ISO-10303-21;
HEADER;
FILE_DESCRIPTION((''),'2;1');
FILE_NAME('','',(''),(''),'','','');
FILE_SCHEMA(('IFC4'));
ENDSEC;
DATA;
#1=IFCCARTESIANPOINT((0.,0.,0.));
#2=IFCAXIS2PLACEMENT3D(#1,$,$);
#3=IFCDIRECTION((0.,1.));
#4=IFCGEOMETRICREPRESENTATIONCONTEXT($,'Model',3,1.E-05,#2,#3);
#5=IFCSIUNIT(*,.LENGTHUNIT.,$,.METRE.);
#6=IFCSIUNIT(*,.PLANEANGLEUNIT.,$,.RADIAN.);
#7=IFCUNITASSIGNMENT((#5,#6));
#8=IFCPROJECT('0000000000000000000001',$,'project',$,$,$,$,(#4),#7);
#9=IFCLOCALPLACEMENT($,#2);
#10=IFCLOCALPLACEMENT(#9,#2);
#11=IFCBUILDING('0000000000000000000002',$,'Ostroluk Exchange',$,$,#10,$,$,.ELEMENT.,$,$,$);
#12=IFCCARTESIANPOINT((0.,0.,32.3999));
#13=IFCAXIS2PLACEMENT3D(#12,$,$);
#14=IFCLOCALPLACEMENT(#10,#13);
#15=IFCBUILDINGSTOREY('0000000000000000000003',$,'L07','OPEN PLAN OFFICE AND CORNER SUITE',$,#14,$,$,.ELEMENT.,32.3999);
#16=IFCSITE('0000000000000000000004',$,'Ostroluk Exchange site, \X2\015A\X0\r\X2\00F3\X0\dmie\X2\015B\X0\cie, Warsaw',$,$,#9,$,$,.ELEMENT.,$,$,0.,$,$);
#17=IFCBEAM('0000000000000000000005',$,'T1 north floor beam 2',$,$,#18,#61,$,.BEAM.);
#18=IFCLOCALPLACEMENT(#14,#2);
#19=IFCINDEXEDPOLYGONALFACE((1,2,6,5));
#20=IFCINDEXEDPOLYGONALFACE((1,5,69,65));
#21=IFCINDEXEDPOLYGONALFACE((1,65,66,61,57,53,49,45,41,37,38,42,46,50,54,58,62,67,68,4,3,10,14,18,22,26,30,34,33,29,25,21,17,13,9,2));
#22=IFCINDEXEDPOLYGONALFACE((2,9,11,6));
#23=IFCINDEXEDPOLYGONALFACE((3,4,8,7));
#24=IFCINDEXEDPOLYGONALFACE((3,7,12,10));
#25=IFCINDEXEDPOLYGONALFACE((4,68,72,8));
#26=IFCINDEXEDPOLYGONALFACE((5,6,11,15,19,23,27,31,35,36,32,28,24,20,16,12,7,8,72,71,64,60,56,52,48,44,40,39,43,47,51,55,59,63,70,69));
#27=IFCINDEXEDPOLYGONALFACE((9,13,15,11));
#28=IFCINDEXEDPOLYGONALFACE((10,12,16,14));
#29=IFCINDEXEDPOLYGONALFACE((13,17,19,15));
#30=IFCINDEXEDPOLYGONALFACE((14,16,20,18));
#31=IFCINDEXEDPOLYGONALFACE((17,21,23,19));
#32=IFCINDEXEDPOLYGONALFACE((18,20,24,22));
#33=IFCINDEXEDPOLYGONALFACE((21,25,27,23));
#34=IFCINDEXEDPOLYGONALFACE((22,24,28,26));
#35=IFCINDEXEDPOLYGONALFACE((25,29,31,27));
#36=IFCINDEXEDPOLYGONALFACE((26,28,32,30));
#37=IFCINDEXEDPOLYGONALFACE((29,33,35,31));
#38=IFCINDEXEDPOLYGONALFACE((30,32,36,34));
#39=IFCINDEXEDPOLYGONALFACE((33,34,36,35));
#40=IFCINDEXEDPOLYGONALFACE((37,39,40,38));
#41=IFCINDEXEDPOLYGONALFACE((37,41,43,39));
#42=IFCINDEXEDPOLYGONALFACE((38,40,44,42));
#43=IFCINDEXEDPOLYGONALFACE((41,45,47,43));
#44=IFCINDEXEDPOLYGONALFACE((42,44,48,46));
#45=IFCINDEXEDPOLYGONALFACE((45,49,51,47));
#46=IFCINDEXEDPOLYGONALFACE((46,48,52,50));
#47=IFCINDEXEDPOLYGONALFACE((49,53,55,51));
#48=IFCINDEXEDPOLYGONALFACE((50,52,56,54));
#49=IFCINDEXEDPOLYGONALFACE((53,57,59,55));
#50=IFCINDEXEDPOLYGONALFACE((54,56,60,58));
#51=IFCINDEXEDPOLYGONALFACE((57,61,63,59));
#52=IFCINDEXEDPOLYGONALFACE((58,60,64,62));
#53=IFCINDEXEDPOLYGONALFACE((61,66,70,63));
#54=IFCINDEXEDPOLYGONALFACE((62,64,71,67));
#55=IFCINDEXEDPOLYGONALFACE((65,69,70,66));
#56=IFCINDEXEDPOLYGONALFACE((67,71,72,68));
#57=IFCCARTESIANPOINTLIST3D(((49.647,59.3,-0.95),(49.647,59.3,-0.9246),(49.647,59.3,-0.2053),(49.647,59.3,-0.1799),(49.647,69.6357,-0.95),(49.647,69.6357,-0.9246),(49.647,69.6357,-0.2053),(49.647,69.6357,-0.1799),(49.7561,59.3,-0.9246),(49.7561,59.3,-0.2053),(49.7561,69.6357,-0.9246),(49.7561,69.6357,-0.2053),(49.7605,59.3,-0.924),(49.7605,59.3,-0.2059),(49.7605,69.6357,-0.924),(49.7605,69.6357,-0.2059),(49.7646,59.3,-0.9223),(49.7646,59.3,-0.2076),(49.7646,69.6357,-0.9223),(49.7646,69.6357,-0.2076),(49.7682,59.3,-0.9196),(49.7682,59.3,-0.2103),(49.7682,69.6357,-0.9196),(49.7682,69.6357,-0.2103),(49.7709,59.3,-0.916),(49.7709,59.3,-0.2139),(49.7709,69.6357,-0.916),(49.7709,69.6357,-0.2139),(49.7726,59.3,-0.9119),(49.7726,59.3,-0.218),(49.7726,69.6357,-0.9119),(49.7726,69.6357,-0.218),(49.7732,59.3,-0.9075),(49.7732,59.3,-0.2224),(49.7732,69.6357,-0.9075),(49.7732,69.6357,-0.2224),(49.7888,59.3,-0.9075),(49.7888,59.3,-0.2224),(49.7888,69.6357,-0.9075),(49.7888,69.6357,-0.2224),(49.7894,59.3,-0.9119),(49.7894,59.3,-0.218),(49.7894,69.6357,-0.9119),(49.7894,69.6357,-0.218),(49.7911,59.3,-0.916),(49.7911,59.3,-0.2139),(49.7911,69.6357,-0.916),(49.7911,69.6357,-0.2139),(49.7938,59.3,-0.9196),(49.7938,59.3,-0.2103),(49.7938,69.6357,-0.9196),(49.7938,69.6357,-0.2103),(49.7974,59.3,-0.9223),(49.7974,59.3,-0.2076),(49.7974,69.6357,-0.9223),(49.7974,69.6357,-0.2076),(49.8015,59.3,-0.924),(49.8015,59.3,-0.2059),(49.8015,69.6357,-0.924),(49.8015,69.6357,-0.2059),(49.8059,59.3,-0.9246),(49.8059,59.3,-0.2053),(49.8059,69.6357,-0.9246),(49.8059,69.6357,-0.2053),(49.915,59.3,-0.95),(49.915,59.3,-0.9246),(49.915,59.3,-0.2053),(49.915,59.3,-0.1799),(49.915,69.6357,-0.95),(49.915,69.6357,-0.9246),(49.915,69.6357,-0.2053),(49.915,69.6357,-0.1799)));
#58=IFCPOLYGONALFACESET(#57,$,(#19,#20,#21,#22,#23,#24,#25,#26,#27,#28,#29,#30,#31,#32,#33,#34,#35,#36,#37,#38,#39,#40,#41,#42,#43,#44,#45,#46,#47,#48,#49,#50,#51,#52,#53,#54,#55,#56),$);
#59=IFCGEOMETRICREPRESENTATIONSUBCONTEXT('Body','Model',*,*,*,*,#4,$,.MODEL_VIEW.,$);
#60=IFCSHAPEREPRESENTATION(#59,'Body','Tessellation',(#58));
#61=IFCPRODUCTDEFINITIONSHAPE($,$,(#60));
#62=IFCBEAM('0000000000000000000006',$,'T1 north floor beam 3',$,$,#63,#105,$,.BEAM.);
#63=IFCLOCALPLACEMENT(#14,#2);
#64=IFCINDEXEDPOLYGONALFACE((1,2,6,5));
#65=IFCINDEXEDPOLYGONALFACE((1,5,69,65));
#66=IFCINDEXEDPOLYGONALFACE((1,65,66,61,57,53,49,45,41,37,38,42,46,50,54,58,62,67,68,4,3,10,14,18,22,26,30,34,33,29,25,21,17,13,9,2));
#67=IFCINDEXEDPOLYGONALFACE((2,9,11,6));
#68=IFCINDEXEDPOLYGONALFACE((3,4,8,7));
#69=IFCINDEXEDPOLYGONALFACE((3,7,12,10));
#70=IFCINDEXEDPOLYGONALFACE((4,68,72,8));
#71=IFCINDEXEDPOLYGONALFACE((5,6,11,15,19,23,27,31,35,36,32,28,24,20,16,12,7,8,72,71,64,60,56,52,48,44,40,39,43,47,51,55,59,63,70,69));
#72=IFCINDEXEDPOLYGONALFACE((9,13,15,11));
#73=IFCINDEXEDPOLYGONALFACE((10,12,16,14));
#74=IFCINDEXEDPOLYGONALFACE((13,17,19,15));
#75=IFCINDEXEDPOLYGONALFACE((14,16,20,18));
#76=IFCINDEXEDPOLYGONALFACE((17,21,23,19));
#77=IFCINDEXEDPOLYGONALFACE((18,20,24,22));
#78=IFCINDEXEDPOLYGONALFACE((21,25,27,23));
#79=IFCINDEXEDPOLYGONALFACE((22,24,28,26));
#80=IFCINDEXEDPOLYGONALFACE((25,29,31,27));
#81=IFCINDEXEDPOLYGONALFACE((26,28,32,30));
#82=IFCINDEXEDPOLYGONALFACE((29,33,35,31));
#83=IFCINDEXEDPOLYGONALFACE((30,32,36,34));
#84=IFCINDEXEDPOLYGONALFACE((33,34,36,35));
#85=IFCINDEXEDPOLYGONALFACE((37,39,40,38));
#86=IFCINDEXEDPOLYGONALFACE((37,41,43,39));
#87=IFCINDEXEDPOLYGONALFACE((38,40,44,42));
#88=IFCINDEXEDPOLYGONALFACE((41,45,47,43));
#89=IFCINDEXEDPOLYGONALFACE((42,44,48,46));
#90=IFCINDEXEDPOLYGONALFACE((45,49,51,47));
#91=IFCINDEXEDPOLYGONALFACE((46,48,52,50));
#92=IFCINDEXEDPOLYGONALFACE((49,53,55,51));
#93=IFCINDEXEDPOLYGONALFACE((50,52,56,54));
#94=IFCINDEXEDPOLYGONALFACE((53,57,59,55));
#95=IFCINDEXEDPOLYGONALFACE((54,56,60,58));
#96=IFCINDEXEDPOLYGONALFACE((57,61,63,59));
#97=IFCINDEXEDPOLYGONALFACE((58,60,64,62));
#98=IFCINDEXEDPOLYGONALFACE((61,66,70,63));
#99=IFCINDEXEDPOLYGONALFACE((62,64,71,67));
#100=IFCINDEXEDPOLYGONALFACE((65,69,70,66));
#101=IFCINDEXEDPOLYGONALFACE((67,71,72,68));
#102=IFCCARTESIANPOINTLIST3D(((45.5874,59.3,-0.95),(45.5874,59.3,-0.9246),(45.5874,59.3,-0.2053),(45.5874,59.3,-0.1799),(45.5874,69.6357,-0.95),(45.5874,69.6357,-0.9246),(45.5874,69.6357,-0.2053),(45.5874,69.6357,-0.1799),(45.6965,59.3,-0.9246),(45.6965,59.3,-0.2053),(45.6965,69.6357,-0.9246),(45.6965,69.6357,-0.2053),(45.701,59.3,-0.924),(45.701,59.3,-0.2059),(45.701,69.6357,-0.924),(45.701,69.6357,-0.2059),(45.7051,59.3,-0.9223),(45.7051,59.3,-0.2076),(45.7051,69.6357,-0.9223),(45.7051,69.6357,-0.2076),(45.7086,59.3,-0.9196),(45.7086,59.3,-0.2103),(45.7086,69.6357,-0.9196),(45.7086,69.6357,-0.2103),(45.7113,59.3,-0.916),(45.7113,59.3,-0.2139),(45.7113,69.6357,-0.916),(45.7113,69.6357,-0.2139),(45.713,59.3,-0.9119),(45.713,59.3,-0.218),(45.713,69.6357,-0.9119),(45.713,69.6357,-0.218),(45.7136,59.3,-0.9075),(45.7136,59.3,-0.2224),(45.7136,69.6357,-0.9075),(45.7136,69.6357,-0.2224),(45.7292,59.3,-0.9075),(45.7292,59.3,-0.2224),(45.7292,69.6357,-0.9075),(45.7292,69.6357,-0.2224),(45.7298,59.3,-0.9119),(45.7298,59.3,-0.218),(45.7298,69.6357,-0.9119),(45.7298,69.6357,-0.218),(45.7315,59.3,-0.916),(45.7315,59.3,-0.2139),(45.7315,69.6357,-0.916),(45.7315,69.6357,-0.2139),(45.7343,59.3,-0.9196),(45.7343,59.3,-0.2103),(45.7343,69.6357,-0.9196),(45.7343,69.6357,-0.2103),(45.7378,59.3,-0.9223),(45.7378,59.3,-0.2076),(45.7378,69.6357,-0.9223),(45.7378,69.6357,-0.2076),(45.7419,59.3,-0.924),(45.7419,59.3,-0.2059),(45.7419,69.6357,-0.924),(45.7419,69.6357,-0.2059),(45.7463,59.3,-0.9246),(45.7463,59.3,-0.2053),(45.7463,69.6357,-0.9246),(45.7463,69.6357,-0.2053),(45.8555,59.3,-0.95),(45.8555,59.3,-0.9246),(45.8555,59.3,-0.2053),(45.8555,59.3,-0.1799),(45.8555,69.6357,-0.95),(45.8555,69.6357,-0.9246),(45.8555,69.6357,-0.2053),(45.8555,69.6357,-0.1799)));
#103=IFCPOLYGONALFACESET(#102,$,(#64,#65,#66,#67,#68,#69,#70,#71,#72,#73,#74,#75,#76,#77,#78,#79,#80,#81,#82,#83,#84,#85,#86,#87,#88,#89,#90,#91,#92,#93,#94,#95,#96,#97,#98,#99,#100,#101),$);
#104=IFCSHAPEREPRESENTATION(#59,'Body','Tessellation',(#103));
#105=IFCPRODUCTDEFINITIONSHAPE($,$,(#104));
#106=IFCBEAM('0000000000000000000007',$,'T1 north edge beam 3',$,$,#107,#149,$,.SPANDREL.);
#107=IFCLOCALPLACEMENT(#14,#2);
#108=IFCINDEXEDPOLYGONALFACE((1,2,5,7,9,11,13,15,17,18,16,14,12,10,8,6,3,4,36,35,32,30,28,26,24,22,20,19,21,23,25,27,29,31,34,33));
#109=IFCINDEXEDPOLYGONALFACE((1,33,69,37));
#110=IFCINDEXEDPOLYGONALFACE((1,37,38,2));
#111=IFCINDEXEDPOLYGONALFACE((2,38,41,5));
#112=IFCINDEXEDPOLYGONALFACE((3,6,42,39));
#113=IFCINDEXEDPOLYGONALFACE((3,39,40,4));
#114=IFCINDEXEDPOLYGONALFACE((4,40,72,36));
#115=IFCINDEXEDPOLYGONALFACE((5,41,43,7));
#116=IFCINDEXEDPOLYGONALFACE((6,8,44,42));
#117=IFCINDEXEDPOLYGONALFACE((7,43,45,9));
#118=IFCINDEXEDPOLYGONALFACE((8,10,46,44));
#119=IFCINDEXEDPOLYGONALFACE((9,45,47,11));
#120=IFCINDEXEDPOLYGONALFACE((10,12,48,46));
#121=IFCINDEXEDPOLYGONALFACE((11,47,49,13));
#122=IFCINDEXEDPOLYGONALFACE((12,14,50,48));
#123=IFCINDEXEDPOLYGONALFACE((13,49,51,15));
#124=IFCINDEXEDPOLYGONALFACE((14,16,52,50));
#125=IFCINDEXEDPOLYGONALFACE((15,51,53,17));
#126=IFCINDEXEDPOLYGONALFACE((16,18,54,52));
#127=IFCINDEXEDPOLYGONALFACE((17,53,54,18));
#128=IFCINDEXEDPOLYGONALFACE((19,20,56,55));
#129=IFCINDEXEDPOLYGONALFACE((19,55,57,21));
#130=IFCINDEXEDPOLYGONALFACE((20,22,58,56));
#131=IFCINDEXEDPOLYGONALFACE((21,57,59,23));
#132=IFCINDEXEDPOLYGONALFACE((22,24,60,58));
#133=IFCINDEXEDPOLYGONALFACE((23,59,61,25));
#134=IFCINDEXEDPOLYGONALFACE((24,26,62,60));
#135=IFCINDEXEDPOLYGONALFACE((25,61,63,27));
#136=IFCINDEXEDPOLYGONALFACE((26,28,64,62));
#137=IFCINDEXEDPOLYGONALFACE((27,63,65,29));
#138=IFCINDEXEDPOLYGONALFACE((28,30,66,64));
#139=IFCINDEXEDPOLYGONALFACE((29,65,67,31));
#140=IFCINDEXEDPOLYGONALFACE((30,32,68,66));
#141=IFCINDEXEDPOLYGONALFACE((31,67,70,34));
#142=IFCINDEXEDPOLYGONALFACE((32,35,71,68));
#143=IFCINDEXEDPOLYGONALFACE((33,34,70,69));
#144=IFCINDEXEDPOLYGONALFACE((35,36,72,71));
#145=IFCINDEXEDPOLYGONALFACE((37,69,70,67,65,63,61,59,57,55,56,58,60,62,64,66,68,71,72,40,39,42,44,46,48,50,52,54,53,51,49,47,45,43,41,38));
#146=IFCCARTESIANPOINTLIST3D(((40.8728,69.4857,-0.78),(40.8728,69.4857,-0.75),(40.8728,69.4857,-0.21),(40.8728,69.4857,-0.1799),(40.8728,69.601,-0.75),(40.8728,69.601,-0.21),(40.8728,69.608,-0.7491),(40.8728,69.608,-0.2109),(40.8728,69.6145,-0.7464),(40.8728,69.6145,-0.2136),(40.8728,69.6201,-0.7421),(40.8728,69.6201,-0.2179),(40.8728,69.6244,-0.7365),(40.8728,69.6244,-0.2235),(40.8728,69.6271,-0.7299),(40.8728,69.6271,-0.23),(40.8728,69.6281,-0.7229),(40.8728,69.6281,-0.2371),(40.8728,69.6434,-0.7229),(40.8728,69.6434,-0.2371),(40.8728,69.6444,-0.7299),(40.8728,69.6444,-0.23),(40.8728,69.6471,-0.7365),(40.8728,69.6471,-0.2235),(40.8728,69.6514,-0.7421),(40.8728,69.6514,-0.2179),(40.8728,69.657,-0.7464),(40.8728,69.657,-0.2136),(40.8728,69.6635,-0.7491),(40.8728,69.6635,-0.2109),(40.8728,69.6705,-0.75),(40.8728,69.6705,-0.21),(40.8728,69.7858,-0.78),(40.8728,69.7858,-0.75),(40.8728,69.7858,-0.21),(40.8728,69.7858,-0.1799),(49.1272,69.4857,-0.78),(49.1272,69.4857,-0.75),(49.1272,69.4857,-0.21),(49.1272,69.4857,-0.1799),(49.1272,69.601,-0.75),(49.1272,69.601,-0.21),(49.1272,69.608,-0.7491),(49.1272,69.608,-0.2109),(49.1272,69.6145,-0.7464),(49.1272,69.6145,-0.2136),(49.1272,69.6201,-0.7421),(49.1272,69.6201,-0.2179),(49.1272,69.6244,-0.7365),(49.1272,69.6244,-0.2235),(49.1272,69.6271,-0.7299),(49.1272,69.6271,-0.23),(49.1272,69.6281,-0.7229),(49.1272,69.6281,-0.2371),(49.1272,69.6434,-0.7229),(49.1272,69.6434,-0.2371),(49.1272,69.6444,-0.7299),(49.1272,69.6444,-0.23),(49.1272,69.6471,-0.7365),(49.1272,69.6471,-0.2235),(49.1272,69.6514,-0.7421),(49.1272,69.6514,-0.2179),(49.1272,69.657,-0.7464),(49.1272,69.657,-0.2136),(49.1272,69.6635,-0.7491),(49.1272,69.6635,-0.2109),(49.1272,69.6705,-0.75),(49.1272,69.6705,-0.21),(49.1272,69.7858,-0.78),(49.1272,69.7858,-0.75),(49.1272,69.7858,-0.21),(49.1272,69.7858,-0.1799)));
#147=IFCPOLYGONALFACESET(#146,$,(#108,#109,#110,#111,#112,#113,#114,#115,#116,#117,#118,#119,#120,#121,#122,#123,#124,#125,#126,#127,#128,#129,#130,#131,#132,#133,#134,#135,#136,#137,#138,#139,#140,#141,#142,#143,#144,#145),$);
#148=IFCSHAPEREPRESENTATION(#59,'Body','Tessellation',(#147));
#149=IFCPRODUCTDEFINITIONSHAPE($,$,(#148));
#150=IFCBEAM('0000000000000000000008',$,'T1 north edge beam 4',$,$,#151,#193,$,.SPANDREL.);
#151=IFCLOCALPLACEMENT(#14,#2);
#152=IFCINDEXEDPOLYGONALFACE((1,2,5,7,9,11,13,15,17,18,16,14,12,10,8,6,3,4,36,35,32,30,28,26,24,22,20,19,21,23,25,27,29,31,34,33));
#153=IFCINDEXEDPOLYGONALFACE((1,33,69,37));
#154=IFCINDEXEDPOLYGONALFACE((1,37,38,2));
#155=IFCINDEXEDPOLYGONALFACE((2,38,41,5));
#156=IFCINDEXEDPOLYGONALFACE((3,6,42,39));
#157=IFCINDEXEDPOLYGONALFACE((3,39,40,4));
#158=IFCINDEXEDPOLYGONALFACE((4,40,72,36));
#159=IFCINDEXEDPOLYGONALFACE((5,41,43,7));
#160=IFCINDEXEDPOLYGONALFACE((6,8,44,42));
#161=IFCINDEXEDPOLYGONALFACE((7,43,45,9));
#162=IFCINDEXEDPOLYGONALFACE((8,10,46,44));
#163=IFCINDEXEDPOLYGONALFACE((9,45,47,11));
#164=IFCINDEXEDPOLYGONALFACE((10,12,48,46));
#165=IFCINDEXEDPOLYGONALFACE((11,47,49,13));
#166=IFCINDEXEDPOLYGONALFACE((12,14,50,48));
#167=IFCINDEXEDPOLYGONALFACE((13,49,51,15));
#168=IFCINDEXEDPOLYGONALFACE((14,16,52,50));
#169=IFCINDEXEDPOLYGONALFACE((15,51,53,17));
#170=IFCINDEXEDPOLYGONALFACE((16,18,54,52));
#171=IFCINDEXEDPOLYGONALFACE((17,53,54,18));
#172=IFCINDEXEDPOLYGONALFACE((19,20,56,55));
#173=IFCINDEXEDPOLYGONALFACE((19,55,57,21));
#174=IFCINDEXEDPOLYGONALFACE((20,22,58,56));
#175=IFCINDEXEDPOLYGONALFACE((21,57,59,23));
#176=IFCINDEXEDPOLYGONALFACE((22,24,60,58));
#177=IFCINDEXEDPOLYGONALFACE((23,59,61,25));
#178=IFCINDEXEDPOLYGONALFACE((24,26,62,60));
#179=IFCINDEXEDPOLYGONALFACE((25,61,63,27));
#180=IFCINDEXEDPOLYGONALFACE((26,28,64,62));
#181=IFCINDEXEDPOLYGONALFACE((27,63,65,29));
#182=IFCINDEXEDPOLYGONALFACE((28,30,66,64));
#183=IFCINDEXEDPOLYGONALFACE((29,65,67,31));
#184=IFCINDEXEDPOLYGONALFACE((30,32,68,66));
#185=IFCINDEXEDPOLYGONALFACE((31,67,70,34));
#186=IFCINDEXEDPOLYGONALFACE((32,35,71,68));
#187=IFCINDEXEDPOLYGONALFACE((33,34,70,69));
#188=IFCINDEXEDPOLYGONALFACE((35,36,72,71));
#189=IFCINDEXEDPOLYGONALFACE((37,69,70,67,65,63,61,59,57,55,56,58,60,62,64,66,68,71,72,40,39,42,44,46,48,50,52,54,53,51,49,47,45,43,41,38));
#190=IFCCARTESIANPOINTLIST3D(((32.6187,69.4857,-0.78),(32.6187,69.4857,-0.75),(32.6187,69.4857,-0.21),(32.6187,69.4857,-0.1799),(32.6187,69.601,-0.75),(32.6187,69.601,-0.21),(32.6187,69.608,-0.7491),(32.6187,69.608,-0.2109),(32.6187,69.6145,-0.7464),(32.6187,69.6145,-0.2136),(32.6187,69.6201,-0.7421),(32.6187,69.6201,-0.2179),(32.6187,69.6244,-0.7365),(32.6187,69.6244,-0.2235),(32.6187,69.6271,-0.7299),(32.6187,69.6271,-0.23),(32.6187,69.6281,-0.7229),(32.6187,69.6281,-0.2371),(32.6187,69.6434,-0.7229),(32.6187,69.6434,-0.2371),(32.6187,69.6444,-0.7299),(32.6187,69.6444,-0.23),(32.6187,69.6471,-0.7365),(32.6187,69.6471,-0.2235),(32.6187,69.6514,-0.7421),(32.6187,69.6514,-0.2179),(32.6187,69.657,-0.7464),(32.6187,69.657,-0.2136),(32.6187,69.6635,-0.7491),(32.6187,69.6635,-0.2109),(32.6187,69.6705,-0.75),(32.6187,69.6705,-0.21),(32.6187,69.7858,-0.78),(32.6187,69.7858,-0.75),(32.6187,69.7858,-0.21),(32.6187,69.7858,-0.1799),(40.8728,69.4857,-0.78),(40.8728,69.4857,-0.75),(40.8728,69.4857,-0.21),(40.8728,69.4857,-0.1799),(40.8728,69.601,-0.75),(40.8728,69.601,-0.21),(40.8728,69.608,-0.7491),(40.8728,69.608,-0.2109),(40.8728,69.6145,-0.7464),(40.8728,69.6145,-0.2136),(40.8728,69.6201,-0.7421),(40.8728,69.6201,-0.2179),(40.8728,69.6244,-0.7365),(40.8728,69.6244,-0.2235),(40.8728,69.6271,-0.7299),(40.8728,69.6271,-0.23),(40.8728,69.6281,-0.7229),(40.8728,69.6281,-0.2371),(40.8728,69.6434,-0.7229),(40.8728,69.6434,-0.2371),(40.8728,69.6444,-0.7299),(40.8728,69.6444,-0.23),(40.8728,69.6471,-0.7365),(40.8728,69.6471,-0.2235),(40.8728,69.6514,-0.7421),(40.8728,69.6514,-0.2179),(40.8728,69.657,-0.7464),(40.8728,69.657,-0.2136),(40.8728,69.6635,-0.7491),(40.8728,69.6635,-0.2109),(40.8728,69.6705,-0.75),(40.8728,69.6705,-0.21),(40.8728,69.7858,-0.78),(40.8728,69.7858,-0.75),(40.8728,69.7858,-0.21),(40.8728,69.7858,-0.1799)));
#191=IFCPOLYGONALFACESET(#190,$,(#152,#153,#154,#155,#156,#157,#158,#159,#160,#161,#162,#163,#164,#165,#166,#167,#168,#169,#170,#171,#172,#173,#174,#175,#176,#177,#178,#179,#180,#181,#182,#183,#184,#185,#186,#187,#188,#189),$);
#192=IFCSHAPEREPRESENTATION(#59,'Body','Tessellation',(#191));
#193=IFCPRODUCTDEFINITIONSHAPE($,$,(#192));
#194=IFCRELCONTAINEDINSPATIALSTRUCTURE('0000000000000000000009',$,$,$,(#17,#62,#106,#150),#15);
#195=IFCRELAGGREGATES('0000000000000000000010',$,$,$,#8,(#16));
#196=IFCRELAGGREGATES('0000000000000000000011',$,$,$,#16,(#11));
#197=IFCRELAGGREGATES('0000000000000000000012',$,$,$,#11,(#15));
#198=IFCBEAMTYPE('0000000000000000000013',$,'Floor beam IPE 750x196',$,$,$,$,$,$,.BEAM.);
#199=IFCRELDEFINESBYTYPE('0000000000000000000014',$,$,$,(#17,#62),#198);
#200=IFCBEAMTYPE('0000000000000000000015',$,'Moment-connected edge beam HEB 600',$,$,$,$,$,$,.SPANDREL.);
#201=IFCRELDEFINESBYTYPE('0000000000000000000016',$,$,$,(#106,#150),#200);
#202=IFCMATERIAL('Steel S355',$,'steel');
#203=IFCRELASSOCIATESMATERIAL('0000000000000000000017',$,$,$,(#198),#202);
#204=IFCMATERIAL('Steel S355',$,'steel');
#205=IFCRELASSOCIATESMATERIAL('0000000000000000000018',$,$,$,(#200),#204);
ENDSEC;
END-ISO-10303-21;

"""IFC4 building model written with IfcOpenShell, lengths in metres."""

from ifc_helpers import new_model, si_unit, direction, frame, origin, origin_2d, place, context, subcontext, project, spatial, i_section, extrude, material, material_profile, profile_set, type_object, element, save


model = new_model("IFC4")

# Units and contexts
model_context = context("Model", 3, precision=1e-05, world=origin(), true_north=direction((0.0, 1.0)))
body_context = subcontext(model_context, "Body", "Model", "MODEL_VIEW")
ifc_project = project(units=[si_unit("LENGTHUNIT", "METRE"), si_unit("PLANEANGLEUNIT", "RADIAN")], contexts=[model_context])

# Site, building, storey
site_placement = place(None, origin())
site = spatial("IfcSite", under=ifc_project, at=site_placement, Name="Ostroluk Exchange site, Śródmieście, Warsaw", CompositionType="ELEMENT", RefElevation=0.0)
building_placement = place(site_placement, origin())
building = spatial("IfcBuilding", under=site, at=building_placement, Name="Ostroluk Exchange", CompositionType="ELEMENT")
storey_placement = place(building_placement, frame((0.0, 0.0, 32.3999)))
storey = spatial("IfcBuildingStorey", under=building, at=storey_placement, Name="L07", Description="OPEN PLAN OFFICE AND CORNER SUITE", CompositionType="ELEMENT", Elevation=32.3999)

# Beams
ifc_material_1 = material(Name="Steel S355", Category="steel")
ifc_material_profile_1 = material_profile(ifc_material_1, i_section(OverallWidth=0.2681, OverallDepth=0.77, WebThickness=0.0156, FlangeThickness=0.0254, FilletRadius=0.0171, at=origin_2d()), Name="IPE 750x196")
ifc_profile_set_1 = profile_set([ifc_material_profile_1], Name="Steel S355")
beam_type_1 = type_object("IfcBeamType", Name="Floor beam IPE 750x196", PredefinedType="BEAM", material=ifc_profile_set_1)
for number, where, z_axis, x_axis, name in (
    (1, (49.781, 59.3, -0.5649), (0.0, 1.0, 0.0), (-1.0, 0.0, 0.0), "T1 north floor beam 2"),
    (2, (45.7214, 59.3, -0.5649), (0.0, 1.0, 0.0), (-1.0, 0.0, 0.0), "T1 north floor beam 3"),
):
    element("IfcBeam", number, at=place(storey_placement, frame(where, z_axis=z_axis, x_axis=x_axis)), inside=storey, type_object=beam_type_1, Name=name, PredefinedType="BEAM", context=body_context, shape_type="SweptSolid", body=[
        extrude(i_section(OverallWidth=0.2681, OverallDepth=0.77, WebThickness=0.0156, FlangeThickness=0.0254, FilletRadius=0.0171, at=origin_2d()), origin(), (0.0, 0.0, 1.0), 10.3357),
    ])
ifc_material_2 = material(Name="Steel S355", Category="steel")
ifc_material_profile_2 = material_profile(ifc_material_2, i_section(OverallWidth=0.3, OverallDepth=0.6001, WebThickness=0.0154, FlangeThickness=0.03, FilletRadius=0.0271, at=origin_2d()), Name="HEB 600")
ifc_profile_set_2 = profile_set([ifc_material_profile_2], Name="Steel S355")
beam_type_2 = type_object("IfcBeamType", Name="Moment-connected edge beam HEB 600", PredefinedType="SPANDREL", material=ifc_profile_set_2)
beam_1_placement = place(storey_placement, frame((49.1272, 69.6357, -0.48), z_axis=(-1.0, 0.0, 0.0), x_axis=(0.0, -1.0, 0.0)))
element("IfcBeam", 3, at=beam_1_placement, inside=storey, type_object=beam_type_2, Name="T1 north edge beam 3", PredefinedType="SPANDREL", context=body_context, shape_type="SweptSolid", body=[
    extrude(i_section(OverallWidth=0.3, OverallDepth=0.6001, WebThickness=0.0154, FlangeThickness=0.03, FilletRadius=0.0271, at=origin_2d()), origin(), (0.0, 0.0, 1.0), 8.2544),
])
beam_2_placement = place(storey_placement, frame((40.8728, 69.6357, -0.48), z_axis=(-1.0, 0.0, 0.0), x_axis=(0.0, -1.0, 0.0)))
element("IfcBeam", 4, at=beam_2_placement, inside=storey, type_object=beam_type_2, Name="T1 north edge beam 4", PredefinedType="SPANDREL", context=body_context, shape_type="SweptSolid", body=[
    extrude(i_section(OverallWidth=0.3, OverallDepth=0.6001, WebThickness=0.0154, FlangeThickness=0.03, FilletRadius=0.0271, at=origin_2d()), origin(), (0.0, 0.0, 1.0), 8.2542),
])

save(model, "model.ifc")
